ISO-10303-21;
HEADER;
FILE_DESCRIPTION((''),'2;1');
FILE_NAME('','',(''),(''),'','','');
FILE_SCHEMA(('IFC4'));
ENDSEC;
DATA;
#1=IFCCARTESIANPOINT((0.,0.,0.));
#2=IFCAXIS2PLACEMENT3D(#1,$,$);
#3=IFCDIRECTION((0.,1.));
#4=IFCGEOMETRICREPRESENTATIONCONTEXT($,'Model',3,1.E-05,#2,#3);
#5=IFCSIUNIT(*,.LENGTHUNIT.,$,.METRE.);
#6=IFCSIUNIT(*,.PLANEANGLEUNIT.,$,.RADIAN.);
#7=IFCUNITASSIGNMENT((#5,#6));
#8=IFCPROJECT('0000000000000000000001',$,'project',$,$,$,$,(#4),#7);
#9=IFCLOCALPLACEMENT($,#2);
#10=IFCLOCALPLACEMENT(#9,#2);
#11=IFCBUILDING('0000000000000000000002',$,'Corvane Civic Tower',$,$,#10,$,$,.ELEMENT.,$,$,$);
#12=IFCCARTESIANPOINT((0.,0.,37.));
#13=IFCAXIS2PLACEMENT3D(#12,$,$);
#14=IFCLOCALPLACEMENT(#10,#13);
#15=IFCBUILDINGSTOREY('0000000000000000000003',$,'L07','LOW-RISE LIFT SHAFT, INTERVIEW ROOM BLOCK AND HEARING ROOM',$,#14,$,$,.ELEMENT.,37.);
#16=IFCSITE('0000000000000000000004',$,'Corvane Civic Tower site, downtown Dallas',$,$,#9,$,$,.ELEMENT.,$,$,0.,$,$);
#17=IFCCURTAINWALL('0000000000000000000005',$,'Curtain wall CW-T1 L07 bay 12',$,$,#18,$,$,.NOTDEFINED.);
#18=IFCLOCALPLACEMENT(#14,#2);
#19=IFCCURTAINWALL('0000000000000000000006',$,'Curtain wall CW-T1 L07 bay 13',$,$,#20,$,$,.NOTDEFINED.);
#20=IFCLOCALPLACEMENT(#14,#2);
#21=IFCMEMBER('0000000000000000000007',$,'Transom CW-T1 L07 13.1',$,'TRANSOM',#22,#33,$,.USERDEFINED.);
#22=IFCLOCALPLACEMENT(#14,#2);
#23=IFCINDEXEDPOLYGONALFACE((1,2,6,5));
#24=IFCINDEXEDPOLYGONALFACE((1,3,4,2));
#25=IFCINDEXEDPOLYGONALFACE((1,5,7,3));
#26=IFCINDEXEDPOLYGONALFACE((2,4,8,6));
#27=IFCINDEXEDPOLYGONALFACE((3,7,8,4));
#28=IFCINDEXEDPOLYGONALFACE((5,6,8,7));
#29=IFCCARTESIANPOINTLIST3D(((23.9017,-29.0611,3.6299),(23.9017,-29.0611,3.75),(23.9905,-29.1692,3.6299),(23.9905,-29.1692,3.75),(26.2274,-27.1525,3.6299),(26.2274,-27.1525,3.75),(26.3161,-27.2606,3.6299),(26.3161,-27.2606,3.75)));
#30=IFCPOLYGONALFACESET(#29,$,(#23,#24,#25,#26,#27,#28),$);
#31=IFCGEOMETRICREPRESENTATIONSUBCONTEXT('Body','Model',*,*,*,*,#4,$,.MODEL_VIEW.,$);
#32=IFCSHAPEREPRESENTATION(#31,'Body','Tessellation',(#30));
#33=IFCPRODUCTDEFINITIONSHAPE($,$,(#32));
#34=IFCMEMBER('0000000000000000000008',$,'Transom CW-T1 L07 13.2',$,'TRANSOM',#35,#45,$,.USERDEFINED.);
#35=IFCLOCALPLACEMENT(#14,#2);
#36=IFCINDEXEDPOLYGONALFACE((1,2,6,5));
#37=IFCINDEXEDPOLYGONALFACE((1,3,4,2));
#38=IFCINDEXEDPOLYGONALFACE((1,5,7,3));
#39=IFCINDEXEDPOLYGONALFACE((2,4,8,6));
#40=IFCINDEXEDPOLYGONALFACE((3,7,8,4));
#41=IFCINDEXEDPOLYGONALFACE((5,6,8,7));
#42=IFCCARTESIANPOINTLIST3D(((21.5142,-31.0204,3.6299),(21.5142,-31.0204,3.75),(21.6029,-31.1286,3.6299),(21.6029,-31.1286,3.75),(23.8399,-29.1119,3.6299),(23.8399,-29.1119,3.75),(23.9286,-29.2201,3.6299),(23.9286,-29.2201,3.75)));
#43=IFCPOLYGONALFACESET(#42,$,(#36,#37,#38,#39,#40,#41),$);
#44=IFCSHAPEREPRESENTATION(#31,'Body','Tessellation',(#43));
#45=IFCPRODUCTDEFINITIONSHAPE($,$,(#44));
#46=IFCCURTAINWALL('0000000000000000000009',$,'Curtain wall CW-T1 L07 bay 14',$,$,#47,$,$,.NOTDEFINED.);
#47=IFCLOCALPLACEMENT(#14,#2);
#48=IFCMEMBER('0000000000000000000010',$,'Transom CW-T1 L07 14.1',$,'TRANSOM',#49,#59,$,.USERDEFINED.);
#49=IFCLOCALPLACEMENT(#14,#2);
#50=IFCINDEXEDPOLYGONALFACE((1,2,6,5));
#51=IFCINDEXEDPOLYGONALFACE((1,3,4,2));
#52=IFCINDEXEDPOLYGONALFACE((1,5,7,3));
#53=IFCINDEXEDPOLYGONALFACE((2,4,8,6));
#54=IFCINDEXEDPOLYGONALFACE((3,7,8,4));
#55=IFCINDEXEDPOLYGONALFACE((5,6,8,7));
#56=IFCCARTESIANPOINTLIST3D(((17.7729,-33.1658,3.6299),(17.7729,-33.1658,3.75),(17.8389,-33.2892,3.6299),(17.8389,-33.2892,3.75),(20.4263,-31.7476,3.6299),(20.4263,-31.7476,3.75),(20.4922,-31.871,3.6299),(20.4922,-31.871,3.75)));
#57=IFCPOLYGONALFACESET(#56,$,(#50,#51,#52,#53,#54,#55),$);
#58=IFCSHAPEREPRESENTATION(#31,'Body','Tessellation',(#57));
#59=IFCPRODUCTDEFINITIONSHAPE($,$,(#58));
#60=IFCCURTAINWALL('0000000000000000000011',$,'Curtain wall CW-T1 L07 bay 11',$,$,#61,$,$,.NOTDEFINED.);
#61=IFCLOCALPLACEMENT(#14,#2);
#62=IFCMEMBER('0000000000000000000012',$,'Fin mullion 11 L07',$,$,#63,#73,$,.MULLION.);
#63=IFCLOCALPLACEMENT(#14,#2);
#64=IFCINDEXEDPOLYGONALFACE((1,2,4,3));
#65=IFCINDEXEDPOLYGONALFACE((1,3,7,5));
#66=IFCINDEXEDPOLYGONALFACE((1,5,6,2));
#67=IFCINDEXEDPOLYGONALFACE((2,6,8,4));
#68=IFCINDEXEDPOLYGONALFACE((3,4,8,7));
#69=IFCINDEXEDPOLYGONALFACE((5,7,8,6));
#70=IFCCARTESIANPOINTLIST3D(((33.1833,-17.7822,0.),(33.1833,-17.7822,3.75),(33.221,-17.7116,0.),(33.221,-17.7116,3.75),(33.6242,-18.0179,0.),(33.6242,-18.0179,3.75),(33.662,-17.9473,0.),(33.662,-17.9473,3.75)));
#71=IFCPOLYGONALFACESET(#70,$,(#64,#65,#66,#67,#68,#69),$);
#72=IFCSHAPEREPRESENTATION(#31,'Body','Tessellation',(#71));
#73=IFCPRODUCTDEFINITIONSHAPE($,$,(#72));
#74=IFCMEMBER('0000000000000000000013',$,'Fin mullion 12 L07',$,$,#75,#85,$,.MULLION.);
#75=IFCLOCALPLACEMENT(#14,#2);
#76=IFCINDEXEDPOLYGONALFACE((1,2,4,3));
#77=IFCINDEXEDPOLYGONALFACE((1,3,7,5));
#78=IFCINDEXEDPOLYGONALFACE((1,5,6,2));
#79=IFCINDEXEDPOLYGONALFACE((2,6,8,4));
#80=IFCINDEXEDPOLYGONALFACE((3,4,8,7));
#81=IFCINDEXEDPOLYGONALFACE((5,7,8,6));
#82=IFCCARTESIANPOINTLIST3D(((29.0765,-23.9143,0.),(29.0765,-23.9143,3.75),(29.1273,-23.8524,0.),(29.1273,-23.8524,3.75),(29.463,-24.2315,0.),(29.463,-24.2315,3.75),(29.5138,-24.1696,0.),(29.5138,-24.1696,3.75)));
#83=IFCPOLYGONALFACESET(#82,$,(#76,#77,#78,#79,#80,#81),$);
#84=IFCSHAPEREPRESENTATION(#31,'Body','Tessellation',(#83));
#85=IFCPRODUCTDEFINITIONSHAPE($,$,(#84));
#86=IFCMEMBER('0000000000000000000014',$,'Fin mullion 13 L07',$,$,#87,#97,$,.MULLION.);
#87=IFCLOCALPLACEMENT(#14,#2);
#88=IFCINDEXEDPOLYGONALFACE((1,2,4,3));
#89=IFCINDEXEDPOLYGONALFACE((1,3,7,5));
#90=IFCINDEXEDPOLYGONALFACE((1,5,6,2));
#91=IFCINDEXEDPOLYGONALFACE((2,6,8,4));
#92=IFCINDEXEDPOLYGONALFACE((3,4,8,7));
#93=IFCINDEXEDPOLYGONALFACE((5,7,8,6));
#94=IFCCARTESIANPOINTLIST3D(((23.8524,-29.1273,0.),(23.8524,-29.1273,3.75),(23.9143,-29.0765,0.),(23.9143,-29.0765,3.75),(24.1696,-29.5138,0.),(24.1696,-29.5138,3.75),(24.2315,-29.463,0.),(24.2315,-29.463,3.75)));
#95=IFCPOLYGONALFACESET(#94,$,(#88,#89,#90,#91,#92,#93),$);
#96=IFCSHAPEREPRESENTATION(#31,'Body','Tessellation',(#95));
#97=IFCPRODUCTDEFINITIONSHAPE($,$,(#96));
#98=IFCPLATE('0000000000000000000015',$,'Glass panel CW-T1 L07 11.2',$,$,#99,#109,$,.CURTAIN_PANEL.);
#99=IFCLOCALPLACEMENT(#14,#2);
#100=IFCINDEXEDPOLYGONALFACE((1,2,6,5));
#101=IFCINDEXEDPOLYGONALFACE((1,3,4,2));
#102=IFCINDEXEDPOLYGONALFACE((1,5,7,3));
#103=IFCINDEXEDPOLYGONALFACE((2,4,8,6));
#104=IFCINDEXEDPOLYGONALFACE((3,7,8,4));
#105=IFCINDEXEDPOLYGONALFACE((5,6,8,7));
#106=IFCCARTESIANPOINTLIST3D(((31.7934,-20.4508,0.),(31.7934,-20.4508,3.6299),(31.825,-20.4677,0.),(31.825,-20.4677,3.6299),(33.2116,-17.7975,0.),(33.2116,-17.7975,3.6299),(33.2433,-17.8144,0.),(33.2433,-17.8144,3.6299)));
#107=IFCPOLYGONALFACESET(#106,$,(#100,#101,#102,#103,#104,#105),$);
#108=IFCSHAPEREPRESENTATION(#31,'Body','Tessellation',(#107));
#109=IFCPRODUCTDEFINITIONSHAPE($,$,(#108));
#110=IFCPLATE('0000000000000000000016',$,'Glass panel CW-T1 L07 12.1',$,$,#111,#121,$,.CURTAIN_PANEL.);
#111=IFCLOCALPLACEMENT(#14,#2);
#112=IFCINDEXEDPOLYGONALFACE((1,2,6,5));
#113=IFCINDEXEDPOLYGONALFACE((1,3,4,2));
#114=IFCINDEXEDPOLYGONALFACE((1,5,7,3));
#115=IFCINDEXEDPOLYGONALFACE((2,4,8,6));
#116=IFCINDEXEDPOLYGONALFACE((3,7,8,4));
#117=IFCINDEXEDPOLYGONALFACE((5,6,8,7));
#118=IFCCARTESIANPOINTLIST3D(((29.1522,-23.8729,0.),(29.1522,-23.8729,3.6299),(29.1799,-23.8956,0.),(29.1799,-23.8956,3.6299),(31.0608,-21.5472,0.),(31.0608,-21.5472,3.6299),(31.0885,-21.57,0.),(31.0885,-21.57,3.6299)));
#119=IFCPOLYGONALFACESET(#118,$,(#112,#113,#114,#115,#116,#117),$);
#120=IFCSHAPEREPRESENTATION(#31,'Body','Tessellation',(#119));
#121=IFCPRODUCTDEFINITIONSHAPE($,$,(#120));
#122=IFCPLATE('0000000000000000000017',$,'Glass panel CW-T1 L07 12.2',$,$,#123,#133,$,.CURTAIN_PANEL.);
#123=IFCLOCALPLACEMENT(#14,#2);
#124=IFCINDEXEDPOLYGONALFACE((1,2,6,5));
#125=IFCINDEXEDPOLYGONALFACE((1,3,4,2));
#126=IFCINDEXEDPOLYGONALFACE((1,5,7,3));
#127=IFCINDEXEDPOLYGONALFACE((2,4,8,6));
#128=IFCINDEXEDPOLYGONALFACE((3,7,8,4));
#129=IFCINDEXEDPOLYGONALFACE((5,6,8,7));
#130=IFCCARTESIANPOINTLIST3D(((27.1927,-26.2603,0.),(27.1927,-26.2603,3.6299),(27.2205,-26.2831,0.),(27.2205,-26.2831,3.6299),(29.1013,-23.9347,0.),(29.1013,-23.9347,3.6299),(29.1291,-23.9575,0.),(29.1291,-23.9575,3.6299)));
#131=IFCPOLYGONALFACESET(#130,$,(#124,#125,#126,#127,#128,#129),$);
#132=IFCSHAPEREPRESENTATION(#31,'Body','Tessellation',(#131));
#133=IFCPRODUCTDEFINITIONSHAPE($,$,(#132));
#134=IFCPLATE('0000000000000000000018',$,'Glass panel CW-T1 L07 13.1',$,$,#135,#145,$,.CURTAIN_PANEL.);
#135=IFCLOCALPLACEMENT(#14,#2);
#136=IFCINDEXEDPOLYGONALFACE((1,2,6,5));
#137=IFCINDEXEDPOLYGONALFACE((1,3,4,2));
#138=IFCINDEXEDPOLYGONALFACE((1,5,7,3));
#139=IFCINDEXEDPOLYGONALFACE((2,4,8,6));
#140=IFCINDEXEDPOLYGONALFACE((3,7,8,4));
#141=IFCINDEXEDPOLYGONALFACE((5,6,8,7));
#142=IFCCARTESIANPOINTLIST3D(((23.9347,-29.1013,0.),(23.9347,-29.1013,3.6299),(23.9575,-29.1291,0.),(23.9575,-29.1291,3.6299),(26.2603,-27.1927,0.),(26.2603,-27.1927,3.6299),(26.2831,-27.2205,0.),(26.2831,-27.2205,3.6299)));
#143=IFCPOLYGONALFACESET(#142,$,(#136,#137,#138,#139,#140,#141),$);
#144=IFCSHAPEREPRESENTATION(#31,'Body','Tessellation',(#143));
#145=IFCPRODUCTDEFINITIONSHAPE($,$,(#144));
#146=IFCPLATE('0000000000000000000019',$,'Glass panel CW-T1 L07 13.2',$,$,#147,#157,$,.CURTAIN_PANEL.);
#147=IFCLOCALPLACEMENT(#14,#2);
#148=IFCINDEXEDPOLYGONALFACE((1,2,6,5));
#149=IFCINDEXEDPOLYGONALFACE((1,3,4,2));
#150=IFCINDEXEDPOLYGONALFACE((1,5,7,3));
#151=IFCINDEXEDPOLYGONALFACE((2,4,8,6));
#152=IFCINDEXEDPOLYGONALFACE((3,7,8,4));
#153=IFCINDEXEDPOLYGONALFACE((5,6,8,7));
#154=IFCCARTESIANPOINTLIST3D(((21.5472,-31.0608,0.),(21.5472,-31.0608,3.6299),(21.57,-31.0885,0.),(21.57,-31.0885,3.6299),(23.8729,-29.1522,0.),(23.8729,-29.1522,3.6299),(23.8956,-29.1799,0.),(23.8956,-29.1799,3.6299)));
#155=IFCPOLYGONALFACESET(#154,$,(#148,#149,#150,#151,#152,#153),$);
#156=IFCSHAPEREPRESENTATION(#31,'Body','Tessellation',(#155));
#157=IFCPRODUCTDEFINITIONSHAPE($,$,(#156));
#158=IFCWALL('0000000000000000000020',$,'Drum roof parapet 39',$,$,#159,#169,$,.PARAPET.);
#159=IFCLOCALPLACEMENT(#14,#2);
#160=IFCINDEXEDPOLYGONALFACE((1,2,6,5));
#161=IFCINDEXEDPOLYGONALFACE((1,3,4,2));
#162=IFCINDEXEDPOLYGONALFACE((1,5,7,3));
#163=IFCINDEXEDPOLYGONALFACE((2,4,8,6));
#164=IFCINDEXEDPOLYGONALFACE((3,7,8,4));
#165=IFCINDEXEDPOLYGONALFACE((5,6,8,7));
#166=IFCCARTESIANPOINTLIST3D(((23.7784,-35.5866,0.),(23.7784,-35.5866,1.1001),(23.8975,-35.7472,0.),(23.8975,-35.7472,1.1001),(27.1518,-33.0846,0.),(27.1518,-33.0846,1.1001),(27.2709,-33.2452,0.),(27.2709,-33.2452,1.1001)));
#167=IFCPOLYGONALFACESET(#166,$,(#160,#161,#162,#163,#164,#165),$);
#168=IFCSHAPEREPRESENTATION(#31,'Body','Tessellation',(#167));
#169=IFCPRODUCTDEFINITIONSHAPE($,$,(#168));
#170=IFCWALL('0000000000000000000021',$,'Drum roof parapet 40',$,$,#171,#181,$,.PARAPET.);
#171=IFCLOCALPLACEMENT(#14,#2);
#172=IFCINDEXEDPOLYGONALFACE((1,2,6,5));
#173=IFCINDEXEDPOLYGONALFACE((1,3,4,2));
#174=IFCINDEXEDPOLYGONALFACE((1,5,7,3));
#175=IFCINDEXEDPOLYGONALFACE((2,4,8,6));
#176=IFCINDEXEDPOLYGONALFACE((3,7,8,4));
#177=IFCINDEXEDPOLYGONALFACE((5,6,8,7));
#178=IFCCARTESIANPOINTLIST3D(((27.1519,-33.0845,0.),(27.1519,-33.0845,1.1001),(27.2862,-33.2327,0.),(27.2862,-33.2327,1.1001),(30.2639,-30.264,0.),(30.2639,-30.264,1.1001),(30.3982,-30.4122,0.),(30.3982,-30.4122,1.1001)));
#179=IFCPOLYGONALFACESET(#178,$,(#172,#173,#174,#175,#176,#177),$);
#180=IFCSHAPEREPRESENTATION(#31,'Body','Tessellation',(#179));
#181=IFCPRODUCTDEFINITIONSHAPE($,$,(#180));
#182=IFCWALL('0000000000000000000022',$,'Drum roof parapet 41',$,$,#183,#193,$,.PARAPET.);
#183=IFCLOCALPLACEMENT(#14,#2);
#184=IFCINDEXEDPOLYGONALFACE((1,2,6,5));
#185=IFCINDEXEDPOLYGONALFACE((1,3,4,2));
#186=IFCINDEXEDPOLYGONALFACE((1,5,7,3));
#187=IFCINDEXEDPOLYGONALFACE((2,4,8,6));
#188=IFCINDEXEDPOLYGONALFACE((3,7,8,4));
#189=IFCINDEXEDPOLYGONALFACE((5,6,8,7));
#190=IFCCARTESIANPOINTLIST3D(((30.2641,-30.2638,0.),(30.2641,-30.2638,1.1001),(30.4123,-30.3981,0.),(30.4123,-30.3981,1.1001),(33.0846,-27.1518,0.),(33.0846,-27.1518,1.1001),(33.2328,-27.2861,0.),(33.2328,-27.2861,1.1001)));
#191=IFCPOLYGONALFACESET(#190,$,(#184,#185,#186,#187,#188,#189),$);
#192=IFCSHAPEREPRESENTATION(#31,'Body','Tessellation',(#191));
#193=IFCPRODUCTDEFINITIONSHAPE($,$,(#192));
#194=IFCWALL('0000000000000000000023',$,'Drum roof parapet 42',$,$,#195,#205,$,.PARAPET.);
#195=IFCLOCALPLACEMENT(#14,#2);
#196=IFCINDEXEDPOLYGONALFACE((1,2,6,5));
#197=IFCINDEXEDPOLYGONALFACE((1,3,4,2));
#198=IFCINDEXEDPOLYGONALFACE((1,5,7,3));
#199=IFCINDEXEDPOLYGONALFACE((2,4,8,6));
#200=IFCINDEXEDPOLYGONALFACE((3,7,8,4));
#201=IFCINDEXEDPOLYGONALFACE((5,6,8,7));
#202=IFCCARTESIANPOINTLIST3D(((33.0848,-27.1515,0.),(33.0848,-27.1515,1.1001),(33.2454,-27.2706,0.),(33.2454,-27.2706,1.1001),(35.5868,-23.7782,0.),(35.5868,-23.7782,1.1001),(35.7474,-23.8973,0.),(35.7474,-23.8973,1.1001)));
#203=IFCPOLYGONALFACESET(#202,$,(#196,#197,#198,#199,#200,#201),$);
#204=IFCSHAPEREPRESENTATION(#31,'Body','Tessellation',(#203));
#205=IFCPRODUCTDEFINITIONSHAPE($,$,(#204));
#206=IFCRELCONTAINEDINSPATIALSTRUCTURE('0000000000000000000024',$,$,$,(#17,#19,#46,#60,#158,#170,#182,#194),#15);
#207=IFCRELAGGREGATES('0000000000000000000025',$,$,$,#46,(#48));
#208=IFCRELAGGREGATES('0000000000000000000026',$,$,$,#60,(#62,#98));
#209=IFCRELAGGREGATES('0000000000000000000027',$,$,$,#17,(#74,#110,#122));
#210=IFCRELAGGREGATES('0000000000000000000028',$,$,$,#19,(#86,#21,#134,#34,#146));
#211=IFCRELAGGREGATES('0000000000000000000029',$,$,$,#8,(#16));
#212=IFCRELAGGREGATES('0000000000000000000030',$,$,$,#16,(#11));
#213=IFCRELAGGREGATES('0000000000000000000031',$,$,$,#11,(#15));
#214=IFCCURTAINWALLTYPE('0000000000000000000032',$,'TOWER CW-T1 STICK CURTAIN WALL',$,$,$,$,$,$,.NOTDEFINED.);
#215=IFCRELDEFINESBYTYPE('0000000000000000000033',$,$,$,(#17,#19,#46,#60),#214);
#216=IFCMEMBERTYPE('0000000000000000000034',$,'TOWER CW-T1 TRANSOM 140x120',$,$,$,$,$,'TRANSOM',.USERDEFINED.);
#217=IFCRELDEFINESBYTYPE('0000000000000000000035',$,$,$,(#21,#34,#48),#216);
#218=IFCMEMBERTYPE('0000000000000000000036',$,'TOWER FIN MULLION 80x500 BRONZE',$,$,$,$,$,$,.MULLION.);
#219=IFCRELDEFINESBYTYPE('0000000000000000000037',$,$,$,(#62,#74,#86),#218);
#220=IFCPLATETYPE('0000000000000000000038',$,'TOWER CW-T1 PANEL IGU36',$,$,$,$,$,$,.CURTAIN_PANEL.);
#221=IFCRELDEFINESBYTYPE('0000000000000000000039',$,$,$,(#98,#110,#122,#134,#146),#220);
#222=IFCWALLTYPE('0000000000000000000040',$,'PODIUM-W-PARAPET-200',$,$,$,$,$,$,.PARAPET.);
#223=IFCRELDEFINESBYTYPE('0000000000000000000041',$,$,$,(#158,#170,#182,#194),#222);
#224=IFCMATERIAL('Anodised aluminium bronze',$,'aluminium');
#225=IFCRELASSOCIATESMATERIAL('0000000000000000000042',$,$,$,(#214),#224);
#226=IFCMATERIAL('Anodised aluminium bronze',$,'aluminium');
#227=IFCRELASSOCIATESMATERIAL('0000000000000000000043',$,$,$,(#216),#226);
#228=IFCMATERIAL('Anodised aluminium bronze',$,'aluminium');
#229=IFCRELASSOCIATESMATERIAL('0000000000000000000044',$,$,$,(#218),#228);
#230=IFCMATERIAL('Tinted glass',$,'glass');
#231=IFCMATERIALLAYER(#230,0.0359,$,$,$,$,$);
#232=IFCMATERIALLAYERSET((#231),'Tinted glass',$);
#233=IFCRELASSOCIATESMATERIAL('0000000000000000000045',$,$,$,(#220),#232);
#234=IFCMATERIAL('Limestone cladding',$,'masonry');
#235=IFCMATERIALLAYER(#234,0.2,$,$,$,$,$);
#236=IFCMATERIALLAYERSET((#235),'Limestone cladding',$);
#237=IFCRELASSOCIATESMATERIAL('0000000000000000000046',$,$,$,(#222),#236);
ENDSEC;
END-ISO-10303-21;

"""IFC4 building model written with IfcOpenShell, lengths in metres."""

from ifc_helpers import new_model, si_unit, direction, frame, frame_2d, origin, origin_2d, place, context, subcontext, project, spatial, rectangle, extrude, material, layer, layer_set, material_profile, profile_set, type_object, element, aggregate, save


model = new_model("IFC4")

# Units and contexts
model_context = context("Model", 3, precision=1e-05, world=origin(), true_north=direction((0.0, 1.0)))
body_context = subcontext(model_context, "Body", "Model", "MODEL_VIEW")
ifc_project = project(units=[si_unit("LENGTHUNIT", "METRE"), si_unit("PLANEANGLEUNIT", "RADIAN")], contexts=[model_context])

# Site, building, storey
site_placement = place(None, origin())
site = spatial("IfcSite", under=ifc_project, at=site_placement, Name="Corvane Civic Tower site, downtown Dallas", CompositionType="ELEMENT", RefElevation=0.0)
building_placement = place(site_placement, origin())
building = spatial("IfcBuilding", under=site, at=building_placement, Name="Corvane Civic Tower", CompositionType="ELEMENT")
storey_placement = place(building_placement, frame((0.0, 0.0, 37.0)))
storey = spatial("IfcBuildingStorey", under=building, at=storey_placement, Name="L07", Description="LOW-RISE LIFT SHAFT, INTERVIEW ROOM BLOCK AND HEARING ROOM", CompositionType="ELEMENT", Elevation=37.0)

# Curtain walls, members
ifc_material_1 = material(Name="Anodised aluminium bronze", Category="aluminium")
curtain_wall_type = type_object("IfcCurtainWallType", Name="TOWER CW-T1 STICK CURTAIN WALL", PredefinedType="NOTDEFINED", material=ifc_material_1)
curtain_wall_1_placement = place(storey_placement, origin())
curtain_wall_1 = element("IfcCurtainWall", 1, at=curtain_wall_1_placement, inside=storey, type_object=curtain_wall_type, Name="Curtain wall CW-T1 L07 bay 12", PredefinedType="NOTDEFINED")
ifc_material_2 = material(Name="Anodised aluminium bronze", Category="aluminium")
ifc_material_profile_1 = material_profile(ifc_material_2, rectangle(XDim=0.1399, YDim=0.1201, at=origin_2d()), Name="TOWER CW-T1 TRANSOM 140x120")
ifc_profile_set_1 = profile_set([ifc_material_profile_1], Name="Anodised aluminium bronze")
member_type_1 = type_object("IfcMemberType", Name="TOWER CW-T1 TRANSOM 140x120", ElementType="TRANSOM", PredefinedType="USERDEFINED", material=ifc_profile_set_1)
curtain_wall_2_placement = place(storey_placement, origin())
curtain_wall_2 = element("IfcCurtainWall", 2, at=curtain_wall_2_placement, inside=storey, type_object=curtain_wall_type, Name="Curtain wall CW-T1 L07 bay 13", PredefinedType="NOTDEFINED")
member_1_placement = place(storey_placement, frame((26.2717, -27.2065, 3.6899), z_axis=(-0.773002, -0.634404, 0.0), x_axis=(0.634404, -0.773002, 0.0)))
member_1 = element("IfcMember", 3, at=member_1_placement, type_object=member_type_1, Name="Transom CW-T1 L07 13.1", ObjectType="TRANSOM", PredefinedType="USERDEFINED", context=body_context, shape_type="SweptSolid", body=[
    extrude(rectangle(XDim=0.1399, YDim=0.1201, at=origin_2d()), origin(), (0.0, 0.0, 1.0), 3.0085),
])
member_2_placement = place(storey_placement, frame((23.8843, -29.166, 3.6899), z_axis=(-0.773042, -0.634355, 0.0), x_axis=(0.634355, -0.773042, 0.0)))
member_2 = element("IfcMember", 4, at=member_2_placement, type_object=member_type_1, Name="Transom CW-T1 L07 13.2", ObjectType="TRANSOM", PredefinedType="USERDEFINED", context=body_context, shape_type="SweptSolid", body=[
    extrude(rectangle(XDim=0.1399, YDim=0.1201, at=origin_2d()), origin(), (0.0, 0.0, 1.0), 3.0085),
])

# Curtain walls, members
curtain_wall_3_placement = place(storey_placement, origin())
curtain_wall_3 = element("IfcCurtainWall", 5, at=curtain_wall_3_placement, inside=storey, type_object=curtain_wall_type, Name="Curtain wall CW-T1 L07 bay 14", PredefinedType="NOTDEFINED")
member_3_placement = place(storey_placement, frame((20.4592, -31.8093, 3.6899), z_axis=(-0.881924, -0.471393, 0.0), x_axis=(0.471393, -0.881924, 0.0)))
member_3 = element("IfcMember", 6, at=member_3_placement, type_object=member_type_1, Name="Transom CW-T1 L07 14.1", ObjectType="TRANSOM", PredefinedType="USERDEFINED", context=body_context, shape_type="SweptSolid", body=[
    extrude(rectangle(XDim=0.1399, YDim=0.1201, at=origin_2d()), origin(), (0.0, 0.0, 1.0), 3.0085),
])
aggregate(curtain_wall_3, [member_3])
curtain_wall_4_placement = place(storey_placement, origin())
curtain_wall_4 = element("IfcCurtainWall", 7, at=curtain_wall_4_placement, inside=storey, type_object=curtain_wall_type, Name="Curtain wall CW-T1 L07 bay 11", PredefinedType="NOTDEFINED")
ifc_material_3 = material(Name="Anodised aluminium bronze", Category="aluminium")
ifc_material_profile_2 = material_profile(ifc_material_3, rectangle(XDim=0.0801, YDim=0.5, at=origin_2d()), Name="TOWER FIN MULLION 80x500 BRONZE")
ifc_profile_set_2 = profile_set([ifc_material_profile_2], Name="Anodised aluminium bronze")
member_type_2 = type_object("IfcMemberType", Name="TOWER FIN MULLION 80x500 BRONZE", PredefinedType="MULLION", material=ifc_profile_set_2)
member_4_placement = place(storey_placement, frame((33.4226, -17.8647, 0.0), z_axis=(0.0, 0.0, 1.0), x_axis=(-0.471404, -0.881918, 0.0)))
member_4 = element("IfcMember", 8, at=member_4_placement, type_object=member_type_2, Name="Fin mullion 11 L07", PredefinedType="MULLION", context=body_context, shape_type="SweptSolid", body=[
    extrude(rectangle(XDim=0.0801, YDim=0.5, at=origin_2d()), origin(), (0.0, 0.0, 1.0), 3.75),
])

# Members
member_5_placement = place(storey_placement, frame((29.2952, -24.042, 0.0), z_axis=(0.0, 0.0, 1.0), x_axis=(-0.634397, -0.773007, 0.0)))
member_5 = element("IfcMember", 9, at=member_5_placement, type_object=member_type_2, Name="Fin mullion 12 L07", PredefinedType="MULLION", context=body_context, shape_type="SweptSolid", body=[
    extrude(rectangle(XDim=0.0801, YDim=0.5, at=origin_2d()), origin(), (0.0, 0.0, 1.0), 3.75),
])
member_6_placement = place(storey_placement, frame((24.042, -29.2952, 0.0), z_axis=(0.0, 0.0, 1.0), x_axis=(-0.773007, -0.634397, 0.0)))
member_6 = element("IfcMember", 10, at=member_6_placement, type_object=member_type_2, Name="Fin mullion 13 L07", PredefinedType="MULLION", context=body_context, shape_type="SweptSolid", body=[
    extrude(rectangle(XDim=0.0801, YDim=0.5, at=origin_2d()), origin(), (0.0, 0.0, 1.0), 3.75),
])

# Plates
ifc_material_4 = material(Name="Tinted glass", Category="glass")
ifc_layer_1 = layer(ifc_material_4, 0.0359)
ifc_layer_set_1 = layer_set([ifc_layer_1], Name="Tinted glass")
plate_type = type_object("IfcPlateType", Name="TOWER CW-T1 PANEL IGU36", PredefinedType="CURTAIN_PANEL", material=ifc_layer_set_1)
plate_1_placement = place(storey_placement, frame((32.5183, -19.1326, 0.0), z_axis=(0.0, 0.0, 1.0), x_axis=(-0.471404, -0.881918, 0.0)))
plate_1 = element("IfcPlate", 11, at=plate_1_placement, type_object=plate_type, Name="Glass panel CW-T1 L07 11.2", PredefinedType="CURTAIN_PANEL", context=body_context, shape_type="SweptSolid", body=[
    extrude(rectangle(XDim=3.0085, YDim=0.0359, at=origin_2d()), origin(), (0.0, 0.0, 1.0), 3.6299),
])
aggregate(curtain_wall_4, [member_4, plate_1])
plate_2_placement = place(storey_placement, frame((30.1204, -22.7214, 0.0), z_axis=(0.0, 0.0, 1.0), x_axis=(-0.634397, -0.773007, 0.0)))
plate_2 = element("IfcPlate", 12, at=plate_2_placement, type_object=plate_type, Name="Glass panel CW-T1 L07 12.1", PredefinedType="CURTAIN_PANEL", context=body_context, shape_type="SweptSolid", body=[
    extrude(rectangle(XDim=3.0085, YDim=0.0359, at=origin_2d()), origin(), (0.0, 0.0, 1.0), 3.6299),
])
plate_3_placement = place(storey_placement, frame((28.1609, -25.1089, 0.0), z_axis=(0.0, 0.0, 1.0), x_axis=(-0.634397, -0.773007, 0.0)))
plate_3 = element("IfcPlate", 13, at=plate_3_placement, type_object=plate_type, Name="Glass panel CW-T1 L07 12.2", PredefinedType="CURTAIN_PANEL", context=body_context, shape_type="SweptSolid", body=[
    extrude(rectangle(XDim=3.0085, YDim=0.0359, at=origin_2d()), origin(), (0.0, 0.0, 1.0), 3.6299),
])
aggregate(curtain_wall_1, [member_5, plate_2, plate_3])
plate_4_placement = place(storey_placement, frame((25.1089, -28.1609, 0.0), z_axis=(0.0, 0.0, 1.0), x_axis=(-0.773007, -0.634397, 0.0)))
plate_4 = element("IfcPlate", 14, at=plate_4_placement, type_object=plate_type, Name="Glass panel CW-T1 L07 13.1", PredefinedType="CURTAIN_PANEL", context=body_context, shape_type="SweptSolid", body=[
    extrude(rectangle(XDim=3.0085, YDim=0.0359, at=origin_2d()), origin(), (0.0, 0.0, 1.0), 3.6299),
])
plate_5_placement = place(storey_placement, frame((22.7214, -30.1204, 0.0), z_axis=(0.0, 0.0, 1.0), x_axis=(-0.773007, -0.634397, 0.0)))
plate_5 = element("IfcPlate", 15, at=plate_5_placement, type_object=plate_type, Name="Glass panel CW-T1 L07 13.2", PredefinedType="CURTAIN_PANEL", context=body_context, shape_type="SweptSolid", body=[
    extrude(rectangle(XDim=3.0085, YDim=0.0359, at=origin_2d()), origin(), (0.0, 0.0, 1.0), 3.6299),
])
aggregate(curtain_wall_2, [member_6, member_1, plate_4, member_2, plate_5])

# Walls
ifc_material_5 = material(Name="Limestone cladding", Category="masonry")
ifc_layer_2 = layer(ifc_material_5, 0.2)
ifc_layer_set_2 = layer_set([ifc_layer_2], Name="Limestone cladding")
wall_type_1 = type_object("IfcWallType", Name="PODIUM-W-PARAPET-200", PredefinedType="PARAPET", material=ifc_layer_set_2)
for number, where, z_axis, x_axis, name in (
    (16, (23.8379, -35.667, 0.0), (0.0, 0.0, 1.0), (0.80319, 0.595722, 0.0), "Drum roof parapet 39"),
    (17, (27.219, -33.1587, 0.0), (0.0, 0.0, 1.0), (0.740957, 0.671552, 0.0), "Drum roof parapet 40"),
    (18, (30.3381, -30.3311, 0.0), (0.0, 0.0, 1.0), (0.671552, 0.740957, 0.0), "Drum roof parapet 41"),
    (19, (33.165, -27.2112, 0.0), (0.0, 0.0, 1.0), (0.595722, 0.80319, 0.0), "Drum roof parapet 42"),
):
    element("IfcWall", number, at=place(storey_placement, frame(where, z_axis=z_axis, x_axis=x_axis)), inside=storey, type_object=wall_type_1, Name=name, PredefinedType="PARAPET", context=body_context, shape_type="SweptSolid", body=[
        extrude(rectangle(XDim=4.2, YDim=0.2, at=frame_2d((2.1001, 0.0))), origin(), (0.0, 0.0, 1.0), 1.1001),
    ])

save(model, "model.ifc")
